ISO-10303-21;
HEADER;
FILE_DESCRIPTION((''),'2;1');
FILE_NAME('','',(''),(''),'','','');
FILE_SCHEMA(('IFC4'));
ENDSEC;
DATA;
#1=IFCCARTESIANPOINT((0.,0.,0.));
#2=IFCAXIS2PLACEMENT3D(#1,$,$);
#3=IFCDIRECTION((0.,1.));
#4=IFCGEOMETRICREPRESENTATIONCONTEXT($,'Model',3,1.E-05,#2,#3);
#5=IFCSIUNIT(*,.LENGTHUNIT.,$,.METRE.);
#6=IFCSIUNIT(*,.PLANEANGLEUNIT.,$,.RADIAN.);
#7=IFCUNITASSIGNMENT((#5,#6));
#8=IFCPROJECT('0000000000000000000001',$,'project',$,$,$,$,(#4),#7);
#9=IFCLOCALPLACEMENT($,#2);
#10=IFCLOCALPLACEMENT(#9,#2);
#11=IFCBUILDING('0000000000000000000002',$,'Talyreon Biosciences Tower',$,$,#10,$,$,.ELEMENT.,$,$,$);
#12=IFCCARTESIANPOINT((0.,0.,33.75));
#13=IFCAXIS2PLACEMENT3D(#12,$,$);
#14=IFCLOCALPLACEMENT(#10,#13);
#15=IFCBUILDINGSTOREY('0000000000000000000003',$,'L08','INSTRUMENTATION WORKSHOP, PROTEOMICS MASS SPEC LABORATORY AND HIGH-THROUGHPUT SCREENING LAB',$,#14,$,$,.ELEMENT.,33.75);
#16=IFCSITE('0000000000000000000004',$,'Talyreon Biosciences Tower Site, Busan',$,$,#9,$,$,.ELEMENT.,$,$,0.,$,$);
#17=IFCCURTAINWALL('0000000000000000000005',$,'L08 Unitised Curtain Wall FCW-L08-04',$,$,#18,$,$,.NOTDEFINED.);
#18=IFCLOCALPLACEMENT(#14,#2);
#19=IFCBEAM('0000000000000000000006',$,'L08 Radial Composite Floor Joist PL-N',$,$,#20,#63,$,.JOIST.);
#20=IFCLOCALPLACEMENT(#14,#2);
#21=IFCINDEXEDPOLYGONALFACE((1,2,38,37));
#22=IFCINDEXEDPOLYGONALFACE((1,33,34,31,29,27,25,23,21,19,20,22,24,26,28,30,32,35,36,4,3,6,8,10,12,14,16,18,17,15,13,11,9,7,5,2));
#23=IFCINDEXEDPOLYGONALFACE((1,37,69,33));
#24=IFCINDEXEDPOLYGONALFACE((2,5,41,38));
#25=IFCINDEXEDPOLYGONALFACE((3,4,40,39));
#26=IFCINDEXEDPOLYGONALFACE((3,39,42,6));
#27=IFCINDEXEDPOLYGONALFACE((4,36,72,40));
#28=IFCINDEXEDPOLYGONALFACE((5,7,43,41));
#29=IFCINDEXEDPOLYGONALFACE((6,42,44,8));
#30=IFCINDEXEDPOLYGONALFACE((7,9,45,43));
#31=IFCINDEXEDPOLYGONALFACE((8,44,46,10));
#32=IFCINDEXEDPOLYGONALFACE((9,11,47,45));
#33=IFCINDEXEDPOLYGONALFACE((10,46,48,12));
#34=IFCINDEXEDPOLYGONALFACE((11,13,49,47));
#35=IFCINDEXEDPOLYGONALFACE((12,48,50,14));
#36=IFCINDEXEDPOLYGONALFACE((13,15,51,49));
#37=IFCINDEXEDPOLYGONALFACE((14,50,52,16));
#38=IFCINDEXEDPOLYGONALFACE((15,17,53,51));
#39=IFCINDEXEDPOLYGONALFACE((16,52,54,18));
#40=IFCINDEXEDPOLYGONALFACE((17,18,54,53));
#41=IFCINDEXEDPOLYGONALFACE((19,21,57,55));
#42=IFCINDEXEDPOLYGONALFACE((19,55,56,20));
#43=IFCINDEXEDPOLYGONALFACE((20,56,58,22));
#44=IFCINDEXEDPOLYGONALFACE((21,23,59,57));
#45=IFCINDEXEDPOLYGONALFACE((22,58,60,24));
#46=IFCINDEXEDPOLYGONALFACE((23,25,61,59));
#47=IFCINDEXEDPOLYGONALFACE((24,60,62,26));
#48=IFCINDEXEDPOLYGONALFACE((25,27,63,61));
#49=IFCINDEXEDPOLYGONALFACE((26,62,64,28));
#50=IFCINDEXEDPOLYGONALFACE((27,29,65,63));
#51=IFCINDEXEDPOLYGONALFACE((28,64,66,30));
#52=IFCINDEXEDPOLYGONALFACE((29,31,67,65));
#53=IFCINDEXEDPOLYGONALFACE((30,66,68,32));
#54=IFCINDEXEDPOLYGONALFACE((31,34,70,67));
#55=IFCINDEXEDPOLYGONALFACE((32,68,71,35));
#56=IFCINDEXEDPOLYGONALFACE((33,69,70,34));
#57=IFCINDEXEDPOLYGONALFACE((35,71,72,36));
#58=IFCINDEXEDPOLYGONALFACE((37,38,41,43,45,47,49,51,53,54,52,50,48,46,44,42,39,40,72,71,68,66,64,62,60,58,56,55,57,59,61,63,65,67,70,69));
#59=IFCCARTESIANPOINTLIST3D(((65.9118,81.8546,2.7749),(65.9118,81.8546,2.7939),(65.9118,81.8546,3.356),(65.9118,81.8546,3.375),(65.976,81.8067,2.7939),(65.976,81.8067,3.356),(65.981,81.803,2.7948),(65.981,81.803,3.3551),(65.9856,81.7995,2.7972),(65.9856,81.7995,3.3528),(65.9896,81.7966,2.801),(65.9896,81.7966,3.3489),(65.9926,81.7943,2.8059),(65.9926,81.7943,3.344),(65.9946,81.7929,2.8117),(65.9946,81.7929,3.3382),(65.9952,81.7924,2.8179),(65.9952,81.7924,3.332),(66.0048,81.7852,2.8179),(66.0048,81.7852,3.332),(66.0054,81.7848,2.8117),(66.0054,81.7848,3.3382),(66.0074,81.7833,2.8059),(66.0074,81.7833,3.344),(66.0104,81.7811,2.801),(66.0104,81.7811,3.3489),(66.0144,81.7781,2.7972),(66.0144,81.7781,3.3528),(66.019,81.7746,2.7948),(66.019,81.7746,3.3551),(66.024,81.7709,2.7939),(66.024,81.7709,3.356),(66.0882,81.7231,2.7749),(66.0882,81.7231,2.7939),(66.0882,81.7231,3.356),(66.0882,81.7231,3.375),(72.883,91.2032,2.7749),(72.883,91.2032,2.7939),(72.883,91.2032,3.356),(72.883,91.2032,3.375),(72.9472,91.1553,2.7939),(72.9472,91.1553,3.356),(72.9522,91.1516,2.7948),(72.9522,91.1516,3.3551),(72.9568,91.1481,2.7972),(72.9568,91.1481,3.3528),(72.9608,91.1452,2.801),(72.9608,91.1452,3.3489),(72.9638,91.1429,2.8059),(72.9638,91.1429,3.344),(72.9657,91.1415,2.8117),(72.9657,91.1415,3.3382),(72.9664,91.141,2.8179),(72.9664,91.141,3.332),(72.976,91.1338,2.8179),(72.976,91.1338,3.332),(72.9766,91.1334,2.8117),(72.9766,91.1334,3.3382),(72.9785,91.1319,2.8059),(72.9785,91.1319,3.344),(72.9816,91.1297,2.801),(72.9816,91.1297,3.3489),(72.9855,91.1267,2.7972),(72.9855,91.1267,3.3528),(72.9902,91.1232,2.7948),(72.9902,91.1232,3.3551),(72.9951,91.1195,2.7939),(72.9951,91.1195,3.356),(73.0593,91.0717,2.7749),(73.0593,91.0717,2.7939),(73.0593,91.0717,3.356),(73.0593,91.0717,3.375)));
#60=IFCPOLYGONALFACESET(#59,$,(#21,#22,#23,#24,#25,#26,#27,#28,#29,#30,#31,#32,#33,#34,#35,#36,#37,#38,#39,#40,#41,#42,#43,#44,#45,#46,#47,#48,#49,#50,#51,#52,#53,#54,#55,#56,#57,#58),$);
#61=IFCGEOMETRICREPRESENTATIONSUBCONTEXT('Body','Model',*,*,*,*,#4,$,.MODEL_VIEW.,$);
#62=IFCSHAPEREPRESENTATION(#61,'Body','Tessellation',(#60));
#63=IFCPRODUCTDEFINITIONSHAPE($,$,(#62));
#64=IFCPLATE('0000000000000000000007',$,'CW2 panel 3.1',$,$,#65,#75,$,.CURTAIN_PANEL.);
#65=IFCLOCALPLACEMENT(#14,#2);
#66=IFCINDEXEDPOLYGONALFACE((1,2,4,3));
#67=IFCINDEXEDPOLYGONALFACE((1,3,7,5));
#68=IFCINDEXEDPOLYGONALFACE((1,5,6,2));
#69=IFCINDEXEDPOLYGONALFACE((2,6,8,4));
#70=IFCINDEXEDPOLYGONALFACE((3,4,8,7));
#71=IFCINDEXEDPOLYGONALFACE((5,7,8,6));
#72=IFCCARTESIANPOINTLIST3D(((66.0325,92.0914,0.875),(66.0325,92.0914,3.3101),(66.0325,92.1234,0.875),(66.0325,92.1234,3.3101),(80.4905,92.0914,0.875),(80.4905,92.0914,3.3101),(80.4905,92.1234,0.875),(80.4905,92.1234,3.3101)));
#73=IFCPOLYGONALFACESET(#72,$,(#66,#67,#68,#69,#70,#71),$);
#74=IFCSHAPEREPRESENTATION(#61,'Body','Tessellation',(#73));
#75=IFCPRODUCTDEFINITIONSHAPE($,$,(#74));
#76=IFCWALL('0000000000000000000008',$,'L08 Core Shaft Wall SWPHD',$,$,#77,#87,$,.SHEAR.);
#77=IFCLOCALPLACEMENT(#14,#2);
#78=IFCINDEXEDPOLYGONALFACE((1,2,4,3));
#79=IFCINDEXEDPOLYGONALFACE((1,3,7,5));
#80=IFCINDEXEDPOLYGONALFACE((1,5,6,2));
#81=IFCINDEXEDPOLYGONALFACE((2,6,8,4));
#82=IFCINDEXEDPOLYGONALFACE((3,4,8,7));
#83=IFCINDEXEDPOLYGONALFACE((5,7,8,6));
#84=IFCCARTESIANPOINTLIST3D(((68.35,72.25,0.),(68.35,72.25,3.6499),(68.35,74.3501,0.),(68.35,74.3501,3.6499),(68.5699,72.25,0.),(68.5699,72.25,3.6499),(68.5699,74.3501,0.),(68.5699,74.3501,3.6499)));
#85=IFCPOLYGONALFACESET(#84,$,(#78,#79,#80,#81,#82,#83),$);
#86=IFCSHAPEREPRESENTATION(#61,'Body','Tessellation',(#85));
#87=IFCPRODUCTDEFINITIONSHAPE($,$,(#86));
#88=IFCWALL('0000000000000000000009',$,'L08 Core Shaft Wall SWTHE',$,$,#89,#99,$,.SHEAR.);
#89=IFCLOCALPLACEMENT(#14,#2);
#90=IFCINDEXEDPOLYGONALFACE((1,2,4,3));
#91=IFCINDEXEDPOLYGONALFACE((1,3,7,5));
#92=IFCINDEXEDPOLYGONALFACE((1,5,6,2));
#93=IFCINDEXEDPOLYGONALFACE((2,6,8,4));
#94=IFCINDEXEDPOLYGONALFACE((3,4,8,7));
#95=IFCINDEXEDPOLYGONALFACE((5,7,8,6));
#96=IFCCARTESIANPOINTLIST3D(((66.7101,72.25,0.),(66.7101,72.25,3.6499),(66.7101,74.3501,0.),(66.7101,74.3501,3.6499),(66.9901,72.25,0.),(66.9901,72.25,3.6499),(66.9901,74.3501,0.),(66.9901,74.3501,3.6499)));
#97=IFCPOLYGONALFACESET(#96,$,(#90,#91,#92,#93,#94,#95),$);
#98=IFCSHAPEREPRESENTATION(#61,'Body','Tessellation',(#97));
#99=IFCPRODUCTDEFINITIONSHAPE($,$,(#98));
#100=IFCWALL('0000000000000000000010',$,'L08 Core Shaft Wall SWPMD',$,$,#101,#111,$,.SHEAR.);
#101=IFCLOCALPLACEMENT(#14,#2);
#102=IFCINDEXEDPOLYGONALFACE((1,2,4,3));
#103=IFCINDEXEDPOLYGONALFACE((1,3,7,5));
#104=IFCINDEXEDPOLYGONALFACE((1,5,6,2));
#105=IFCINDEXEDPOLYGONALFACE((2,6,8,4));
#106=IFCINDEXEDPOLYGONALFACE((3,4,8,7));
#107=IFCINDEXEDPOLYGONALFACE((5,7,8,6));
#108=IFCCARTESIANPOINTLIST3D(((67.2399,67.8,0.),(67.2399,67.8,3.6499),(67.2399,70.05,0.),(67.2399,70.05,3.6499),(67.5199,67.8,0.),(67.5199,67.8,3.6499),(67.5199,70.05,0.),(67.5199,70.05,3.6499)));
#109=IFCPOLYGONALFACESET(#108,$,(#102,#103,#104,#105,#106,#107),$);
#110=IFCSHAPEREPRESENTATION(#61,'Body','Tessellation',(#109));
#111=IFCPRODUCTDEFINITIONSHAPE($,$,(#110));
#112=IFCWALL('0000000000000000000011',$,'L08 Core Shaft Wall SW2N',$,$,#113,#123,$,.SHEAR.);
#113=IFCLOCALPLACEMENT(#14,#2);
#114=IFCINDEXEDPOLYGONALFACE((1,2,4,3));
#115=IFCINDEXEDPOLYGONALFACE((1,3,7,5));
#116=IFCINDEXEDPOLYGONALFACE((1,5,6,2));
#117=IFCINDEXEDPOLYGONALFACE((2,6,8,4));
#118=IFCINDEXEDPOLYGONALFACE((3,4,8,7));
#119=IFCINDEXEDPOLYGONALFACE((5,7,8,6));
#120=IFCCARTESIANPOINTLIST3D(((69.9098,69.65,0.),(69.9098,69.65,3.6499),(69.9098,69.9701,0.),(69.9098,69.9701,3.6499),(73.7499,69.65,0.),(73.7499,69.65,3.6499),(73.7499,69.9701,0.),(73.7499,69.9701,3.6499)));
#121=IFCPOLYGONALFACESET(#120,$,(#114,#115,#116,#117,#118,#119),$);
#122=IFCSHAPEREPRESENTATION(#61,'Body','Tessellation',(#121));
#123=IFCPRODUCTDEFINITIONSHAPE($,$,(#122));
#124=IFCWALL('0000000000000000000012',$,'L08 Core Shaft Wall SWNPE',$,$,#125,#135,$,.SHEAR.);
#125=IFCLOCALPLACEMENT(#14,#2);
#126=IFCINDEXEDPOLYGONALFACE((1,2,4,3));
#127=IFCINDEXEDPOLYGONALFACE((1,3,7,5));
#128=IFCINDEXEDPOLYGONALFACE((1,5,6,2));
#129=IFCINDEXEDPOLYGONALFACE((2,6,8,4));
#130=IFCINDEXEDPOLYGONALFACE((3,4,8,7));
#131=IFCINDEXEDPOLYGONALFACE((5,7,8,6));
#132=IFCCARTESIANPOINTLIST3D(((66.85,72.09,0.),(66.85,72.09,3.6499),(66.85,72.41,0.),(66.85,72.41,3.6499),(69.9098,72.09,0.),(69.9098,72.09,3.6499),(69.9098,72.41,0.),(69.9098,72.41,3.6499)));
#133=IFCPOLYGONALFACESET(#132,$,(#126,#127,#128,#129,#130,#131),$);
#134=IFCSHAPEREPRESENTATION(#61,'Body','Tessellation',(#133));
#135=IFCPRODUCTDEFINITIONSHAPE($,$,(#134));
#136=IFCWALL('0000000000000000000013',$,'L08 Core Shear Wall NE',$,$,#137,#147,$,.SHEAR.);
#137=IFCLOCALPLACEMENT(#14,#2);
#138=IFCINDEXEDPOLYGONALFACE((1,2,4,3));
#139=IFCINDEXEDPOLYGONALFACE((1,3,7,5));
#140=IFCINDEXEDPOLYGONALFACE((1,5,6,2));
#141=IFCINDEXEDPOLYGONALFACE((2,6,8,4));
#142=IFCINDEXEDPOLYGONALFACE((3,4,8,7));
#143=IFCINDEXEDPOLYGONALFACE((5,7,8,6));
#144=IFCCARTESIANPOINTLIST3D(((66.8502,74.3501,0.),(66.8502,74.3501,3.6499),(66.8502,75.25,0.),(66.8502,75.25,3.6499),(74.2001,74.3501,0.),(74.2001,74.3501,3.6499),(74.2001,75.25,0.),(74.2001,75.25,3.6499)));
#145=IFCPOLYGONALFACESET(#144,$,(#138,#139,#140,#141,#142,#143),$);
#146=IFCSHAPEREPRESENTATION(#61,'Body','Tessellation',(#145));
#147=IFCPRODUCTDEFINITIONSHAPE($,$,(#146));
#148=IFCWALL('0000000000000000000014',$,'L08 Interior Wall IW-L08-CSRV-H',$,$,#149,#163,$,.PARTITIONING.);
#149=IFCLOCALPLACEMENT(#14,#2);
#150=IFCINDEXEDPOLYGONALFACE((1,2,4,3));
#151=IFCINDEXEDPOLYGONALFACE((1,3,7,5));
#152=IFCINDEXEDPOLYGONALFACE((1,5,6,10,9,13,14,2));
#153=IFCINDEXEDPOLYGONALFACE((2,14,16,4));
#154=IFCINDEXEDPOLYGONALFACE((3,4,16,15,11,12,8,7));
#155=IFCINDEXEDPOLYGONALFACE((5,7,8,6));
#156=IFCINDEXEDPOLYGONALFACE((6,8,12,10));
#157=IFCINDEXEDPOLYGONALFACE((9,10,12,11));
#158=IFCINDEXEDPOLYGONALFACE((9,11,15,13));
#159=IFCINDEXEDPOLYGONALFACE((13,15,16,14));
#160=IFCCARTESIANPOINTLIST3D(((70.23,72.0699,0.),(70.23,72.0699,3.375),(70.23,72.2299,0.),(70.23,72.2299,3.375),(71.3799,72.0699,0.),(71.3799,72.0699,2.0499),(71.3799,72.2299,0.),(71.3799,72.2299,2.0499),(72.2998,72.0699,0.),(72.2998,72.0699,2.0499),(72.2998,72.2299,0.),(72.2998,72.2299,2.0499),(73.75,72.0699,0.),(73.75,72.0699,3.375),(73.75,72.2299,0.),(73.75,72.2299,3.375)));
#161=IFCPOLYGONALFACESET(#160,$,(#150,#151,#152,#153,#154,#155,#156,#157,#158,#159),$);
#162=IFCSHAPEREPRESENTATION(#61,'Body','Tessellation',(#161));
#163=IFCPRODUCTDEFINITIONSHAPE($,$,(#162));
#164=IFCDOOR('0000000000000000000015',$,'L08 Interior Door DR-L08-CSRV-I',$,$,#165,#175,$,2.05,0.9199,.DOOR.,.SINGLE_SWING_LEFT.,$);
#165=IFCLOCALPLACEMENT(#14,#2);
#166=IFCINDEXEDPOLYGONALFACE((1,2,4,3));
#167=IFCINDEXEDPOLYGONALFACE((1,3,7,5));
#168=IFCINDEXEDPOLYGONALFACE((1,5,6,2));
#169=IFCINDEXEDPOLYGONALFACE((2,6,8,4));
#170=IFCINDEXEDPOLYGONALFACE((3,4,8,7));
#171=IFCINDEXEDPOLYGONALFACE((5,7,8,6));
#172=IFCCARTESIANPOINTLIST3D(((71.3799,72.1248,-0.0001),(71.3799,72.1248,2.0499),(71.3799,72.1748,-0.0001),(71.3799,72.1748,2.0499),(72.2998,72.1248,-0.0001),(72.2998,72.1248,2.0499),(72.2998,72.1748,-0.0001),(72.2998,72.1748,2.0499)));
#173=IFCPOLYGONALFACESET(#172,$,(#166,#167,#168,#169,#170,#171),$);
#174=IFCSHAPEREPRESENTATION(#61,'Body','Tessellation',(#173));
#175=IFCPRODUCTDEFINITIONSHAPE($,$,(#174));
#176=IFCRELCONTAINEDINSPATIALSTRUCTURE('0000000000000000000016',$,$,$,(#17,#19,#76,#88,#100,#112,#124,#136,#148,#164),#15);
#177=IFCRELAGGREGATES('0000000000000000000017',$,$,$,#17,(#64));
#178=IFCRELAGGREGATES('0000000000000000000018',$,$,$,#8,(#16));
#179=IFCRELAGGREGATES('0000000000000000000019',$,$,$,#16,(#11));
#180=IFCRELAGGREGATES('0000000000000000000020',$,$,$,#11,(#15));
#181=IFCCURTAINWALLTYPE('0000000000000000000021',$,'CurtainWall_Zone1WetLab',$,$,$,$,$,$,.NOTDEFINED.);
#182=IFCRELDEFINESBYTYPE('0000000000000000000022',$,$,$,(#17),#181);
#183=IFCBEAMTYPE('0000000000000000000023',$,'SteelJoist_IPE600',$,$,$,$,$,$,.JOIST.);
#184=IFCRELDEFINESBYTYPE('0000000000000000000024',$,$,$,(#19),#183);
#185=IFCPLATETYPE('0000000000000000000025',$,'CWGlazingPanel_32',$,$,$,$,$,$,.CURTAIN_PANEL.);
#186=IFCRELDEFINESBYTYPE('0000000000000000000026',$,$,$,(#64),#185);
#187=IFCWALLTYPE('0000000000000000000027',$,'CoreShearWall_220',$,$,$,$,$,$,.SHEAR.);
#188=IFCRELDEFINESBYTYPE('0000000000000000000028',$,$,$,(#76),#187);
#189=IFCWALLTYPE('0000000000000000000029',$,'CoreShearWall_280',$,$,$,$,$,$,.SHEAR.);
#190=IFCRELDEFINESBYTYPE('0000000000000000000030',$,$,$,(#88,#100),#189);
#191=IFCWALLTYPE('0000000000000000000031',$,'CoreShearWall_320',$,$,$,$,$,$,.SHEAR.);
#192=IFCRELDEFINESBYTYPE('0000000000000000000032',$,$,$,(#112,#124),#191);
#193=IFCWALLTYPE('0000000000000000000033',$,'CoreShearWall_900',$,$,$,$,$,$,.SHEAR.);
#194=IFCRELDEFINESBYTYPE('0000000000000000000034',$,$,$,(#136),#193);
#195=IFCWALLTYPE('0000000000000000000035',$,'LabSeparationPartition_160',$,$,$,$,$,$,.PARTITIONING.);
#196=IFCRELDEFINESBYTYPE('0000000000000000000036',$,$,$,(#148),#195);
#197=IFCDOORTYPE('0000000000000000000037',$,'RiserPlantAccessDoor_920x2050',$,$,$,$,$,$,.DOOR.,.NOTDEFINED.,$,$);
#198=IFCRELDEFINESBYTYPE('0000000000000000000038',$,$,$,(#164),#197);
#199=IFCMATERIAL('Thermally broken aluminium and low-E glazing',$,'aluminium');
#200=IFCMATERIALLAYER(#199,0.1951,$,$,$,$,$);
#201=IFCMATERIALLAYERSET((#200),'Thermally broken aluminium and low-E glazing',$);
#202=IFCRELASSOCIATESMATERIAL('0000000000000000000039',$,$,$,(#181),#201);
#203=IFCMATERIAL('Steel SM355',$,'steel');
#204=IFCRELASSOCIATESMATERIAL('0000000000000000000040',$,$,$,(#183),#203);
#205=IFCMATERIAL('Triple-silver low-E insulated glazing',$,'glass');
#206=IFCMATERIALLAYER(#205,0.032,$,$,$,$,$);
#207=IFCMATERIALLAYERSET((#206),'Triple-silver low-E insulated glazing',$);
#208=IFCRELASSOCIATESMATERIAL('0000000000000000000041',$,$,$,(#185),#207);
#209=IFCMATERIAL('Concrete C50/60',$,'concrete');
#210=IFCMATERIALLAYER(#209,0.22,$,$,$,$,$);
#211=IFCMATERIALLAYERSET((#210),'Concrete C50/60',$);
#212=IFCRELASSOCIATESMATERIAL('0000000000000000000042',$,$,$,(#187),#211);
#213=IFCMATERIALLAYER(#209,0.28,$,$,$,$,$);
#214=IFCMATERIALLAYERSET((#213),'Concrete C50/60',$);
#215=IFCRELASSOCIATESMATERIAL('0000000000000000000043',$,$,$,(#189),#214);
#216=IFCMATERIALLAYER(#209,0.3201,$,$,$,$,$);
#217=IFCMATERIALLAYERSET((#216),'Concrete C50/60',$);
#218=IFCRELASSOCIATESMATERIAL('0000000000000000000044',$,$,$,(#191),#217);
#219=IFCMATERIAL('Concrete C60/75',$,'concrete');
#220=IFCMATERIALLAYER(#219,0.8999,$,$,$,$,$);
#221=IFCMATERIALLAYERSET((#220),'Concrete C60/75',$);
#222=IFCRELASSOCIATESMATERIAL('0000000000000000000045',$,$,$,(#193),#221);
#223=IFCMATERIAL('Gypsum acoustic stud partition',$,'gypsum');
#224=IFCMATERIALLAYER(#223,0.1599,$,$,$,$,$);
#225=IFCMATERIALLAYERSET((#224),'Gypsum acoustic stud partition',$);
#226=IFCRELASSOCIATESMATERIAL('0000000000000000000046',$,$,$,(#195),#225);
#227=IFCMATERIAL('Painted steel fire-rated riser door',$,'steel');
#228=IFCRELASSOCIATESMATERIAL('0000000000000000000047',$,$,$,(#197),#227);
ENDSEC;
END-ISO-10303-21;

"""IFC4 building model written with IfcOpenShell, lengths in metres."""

from ifc_helpers import new_model, si_unit, direction, frame, frame_2d, origin, origin_2d, place, context, subcontext, project, spatial, rectangle, i_section, extrude, material, layer, layer_set, material_profile, profile_set, type_object, element, fill, aggregate, save


model = new_model("IFC4")

# Units and contexts
model_context = context("Model", 3, precision=1e-05, world=origin(), true_north=direction((0.0, 1.0)))
body_context = subcontext(model_context, "Body", "Model", "MODEL_VIEW")
ifc_project = project(units=[si_unit("LENGTHUNIT", "METRE"), si_unit("PLANEANGLEUNIT", "RADIAN")], contexts=[model_context])

# Site, building, storey
site_placement = place(None, origin())
site = spatial("IfcSite", under=ifc_project, at=site_placement, Name="Talyreon Biosciences Tower Site, Busan", CompositionType="ELEMENT", RefElevation=0.0)
building_placement = place(site_placement, origin())
building = spatial("IfcBuilding", under=site, at=building_placement, Name="Talyreon Biosciences Tower", CompositionType="ELEMENT")
storey_placement = place(building_placement, frame((0.0, 0.0, 33.75)))
storey = spatial("IfcBuildingStorey", under=building, at=storey_placement, Name="L08", Description="INSTRUMENTATION WORKSHOP, PROTEOMICS MASS SPEC LABORATORY AND HIGH-THROUGHPUT SCREENING LAB", CompositionType="ELEMENT", Elevation=33.75)

# Shared definitions
ifc_material_1 = material(Name="Concrete C60/75", Category="concrete")

# Curtain wall
ifc_material_2 = material(Name="Thermally broken aluminium and low-E glazing", Category="aluminium")
ifc_layer_1 = layer(ifc_material_2, 0.1951)
ifc_layer_set_1 = layer_set([ifc_layer_1], Name="Thermally broken aluminium and low-E glazing")
curtain_wall_type = type_object("IfcCurtainWallType", Name="CurtainWall_Zone1WetLab", PredefinedType="NOTDEFINED", material=ifc_layer_set_1)
curtain_wall_placement = place(storey_placement, origin())
curtain_wall = element("IfcCurtainWall", 1, at=curtain_wall_placement, inside=storey, type_object=curtain_wall_type, Name="L08 Unitised Curtain Wall FCW-L08-04", PredefinedType="NOTDEFINED")

# Beam
ifc_material_3 = material(Name="Steel SM355", Category="steel")
ifc_material_profile_1 = material_profile(ifc_material_3, i_section(OverallWidth=0.22, OverallDepth=0.6001, WebThickness=0.012, FlangeThickness=0.019, FilletRadius=0.0239, at=origin_2d()), Name="IPE600")
ifc_profile_set_1 = profile_set([ifc_material_profile_1], Name="Steel SM355")
beam_type_1 = type_object("IfcBeamType", Name="SteelJoist_IPE600", PredefinedType="JOIST", material=ifc_profile_set_1)
beam_1_placement = place(storey_placement, frame((66.0, 81.7888, 3.075), z_axis=(0.597787, 0.801655, 0.0), x_axis=(-0.801655, 0.597787, 0.0)))
element("IfcBeam", 2, at=beam_1_placement, inside=storey, type_object=beam_type_1, Name="L08 Radial Composite Floor Joist PL-N", PredefinedType="JOIST", context=body_context, shape_type="SweptSolid", body=[
    extrude(i_section(OverallWidth=0.22, OverallDepth=0.6001, WebThickness=0.012, FlangeThickness=0.019, FilletRadius=0.0239, at=origin_2d()), origin(), (0.0, 0.0, 1.0), 11.6616),
])

# Plate
ifc_material_4 = material(Name="Triple-silver low-E insulated glazing", Category="glass")
ifc_layer_2 = layer(ifc_material_4, 0.032)
ifc_layer_set_2 = layer_set([ifc_layer_2], Name="Triple-silver low-E insulated glazing")
plate_type = type_object("IfcPlateType", Name="CWGlazingPanel_32", PredefinedType="CURTAIN_PANEL", material=ifc_layer_set_2)
plate_placement = place(storey_placement, frame((73.2615, 92.1074, 0.875), z_axis=(0.0, 0.0, 1.0), x_axis=(1.0, 0.0, 0.0)))
plate = element("IfcPlate", 3, at=plate_placement, type_object=plate_type, Name="CW2 panel 3.1", PredefinedType="CURTAIN_PANEL", context=body_context, shape_type="SweptSolid", body=[
    extrude(rectangle(XDim=14.458, YDim=0.032, at=origin_2d()), origin(), (0.0, 0.0, 1.0), 2.4351),
])
aggregate(curtain_wall, [plate])

# Walls
ifc_material_5 = material(Name="Concrete C50/60", Category="concrete")
ifc_layer_3 = layer(ifc_material_5, 0.22)
ifc_layer_set_3 = layer_set([ifc_layer_3], Name="Concrete C50/60")
wall_type_1 = type_object("IfcWallType", Name="CoreShearWall_220", PredefinedType="SHEAR", material=ifc_layer_set_3)
wall_1_placement = place(storey_placement, frame((68.46, 72.25, 0.0), z_axis=(0.0, 0.0, 1.0), x_axis=(0.0, 1.0, 0.0)))
element("IfcWall", 4, at=wall_1_placement, inside=storey, type_object=wall_type_1, Name="L08 Core Shaft Wall SWPHD", PredefinedType="SHEAR", context=body_context, shape_type="SweptSolid", body=[
    extrude(rectangle(XDim=2.1001, YDim=0.22, at=frame_2d((1.05, 0.0))), origin(), (0.0, 0.0, 1.0), 3.6499),
])
ifc_layer_4 = layer(ifc_material_5, 0.28)
ifc_layer_set_4 = layer_set([ifc_layer_4], Name="Concrete C50/60")
wall_type_2 = type_object("IfcWallType", Name="CoreShearWall_280", PredefinedType="SHEAR", material=ifc_layer_set_4)
wall_2_placement = place(storey_placement, frame((66.8501, 72.25, 0.0), z_axis=(0.0, 0.0, 1.0), x_axis=(0.0, 1.0, 0.0)))
element("IfcWall", 5, at=wall_2_placement, inside=storey, type_object=wall_type_2, Name="L08 Core Shaft Wall SWTHE", PredefinedType="SHEAR", context=body_context, shape_type="SweptSolid", body=[
    extrude(rectangle(XDim=2.1001, YDim=0.28, at=frame_2d((1.05, 0.0))), origin(), (0.0, 0.0, 1.0), 3.6499),
])
wall_3_placement = place(storey_placement, frame((67.3799, 67.8, 0.0), z_axis=(0.0, 0.0, 1.0), x_axis=(0.0, 1.0, 0.0)))
element("IfcWall", 6, at=wall_3_placement, inside=storey, type_object=wall_type_2, Name="L08 Core Shaft Wall SWPMD", PredefinedType="SHEAR", context=body_context, shape_type="SweptSolid", body=[
    extrude(rectangle(XDim=2.25, YDim=0.28, at=frame_2d((1.125, 0.0))), origin(), (0.0, 0.0, 1.0), 3.6499),
])
ifc_layer_5 = layer(ifc_material_5, 0.3201)
ifc_layer_set_5 = layer_set([ifc_layer_5], Name="Concrete C50/60")
wall_type_3 = type_object("IfcWallType", Name="CoreShearWall_320", PredefinedType="SHEAR", material=ifc_layer_set_5)
wall_4_placement = place(storey_placement, frame((69.9099, 69.8101, 0.0), z_axis=(0.0, 0.0, 1.0), x_axis=(1.0, 0.0, 0.0)))
element("IfcWall", 7, at=wall_4_placement, inside=storey, type_object=wall_type_3, Name="L08 Core Shaft Wall SW2N", PredefinedType="SHEAR", context=body_context, shape_type="SweptSolid", body=[
    extrude(rectangle(XDim=3.8401, YDim=0.3201, at=frame_2d((1.9199, 0.0))), origin(), (0.0, 0.0, 1.0), 3.6499),
])
wall_5_placement = place(storey_placement, frame((66.8501, 72.25, 0.0), z_axis=(0.0, 0.0, 1.0), x_axis=(1.0, 0.0, 0.0)))
element("IfcWall", 8, at=wall_5_placement, inside=storey, type_object=wall_type_3, Name="L08 Core Shaft Wall SWNPE", PredefinedType="SHEAR", context=body_context, shape_type="SweptSolid", body=[
    extrude(rectangle(XDim=3.0598, YDim=0.3201, at=frame_2d((1.5298, 0.0))), origin(), (0.0, 0.0, 1.0), 3.6499),
])
ifc_layer_6 = layer(ifc_material_1, 0.8999)
ifc_layer_set_6 = layer_set([ifc_layer_6], Name="Concrete C60/75")
wall_type_4 = type_object("IfcWallType", Name="CoreShearWall_900", PredefinedType="SHEAR", material=ifc_layer_set_6)
wall_6_placement = place(storey_placement, frame((74.2, 74.8, 0.0), z_axis=(0.0, 0.0, 1.0), x_axis=(-1.0, 0.0, 0.0)))
element("IfcWall", 9, at=wall_6_placement, inside=storey, type_object=wall_type_4, Name="L08 Core Shear Wall NE", PredefinedType="SHEAR", context=body_context, shape_type="SweptSolid", body=[
    extrude(rectangle(XDim=7.3499, YDim=0.8999, at=frame_2d((3.6748, 0.0))), origin(), (0.0, 0.0, 1.0), 3.6499),
])

# Wall, opening, door
ifc_material_6 = material(Name="Gypsum acoustic stud partition", Category="gypsum")
ifc_layer_7 = layer(ifc_material_6, 0.1599)
ifc_layer_set_7 = layer_set([ifc_layer_7], Name="Gypsum acoustic stud partition")
wall_type_5 = type_object("IfcWallType", Name="LabSeparationPartition_160", PredefinedType="PARTITIONING", material=ifc_layer_set_7)
wall_7_placement = place(storey_placement, frame((70.23, 72.1499, 0.0), z_axis=(0.0, 0.0, 1.0), x_axis=(1.0, 0.0, 0.0)))
wall_7 = element("IfcWall", 10, at=wall_7_placement, inside=storey, type_object=wall_type_5, Name="L08 Interior Wall IW-L08-CSRV-H", PredefinedType="PARTITIONING", context=body_context, shape_type="SweptSolid", body=[
    extrude(rectangle(XDim=3.52, YDim=0.1599, at=frame_2d((1.76, 0.0))), origin(), (0.0, 0.0, 1.0), 3.375),
])
opening_placement = place(wall_7_placement, frame((1.1499, 0.0, 0.0)))
opening = element("IfcOpeningElement", 11, at=opening_placement, cuts=wall_7, PredefinedType="OPENING", context=body_context, shape_type="SweptSolid", body=[
    extrude(rectangle(XDim=0.9199, YDim=2.05, at=frame_2d((0.46, 1.0249))), frame((0.0, 0.0898, 0.0), z_axis=(0.0, -1.0, 0.0), x_axis=(1.0, 0.0, 0.0)), (0.0, 0.0, 1.0), 0.1799),
])
ifc_material_7 = material(Name="Painted steel fire-rated riser door", Category="steel")
door_type = type_object("IfcDoorType", Name="RiserPlantAccessDoor_920x2050", OperationType="NOTDEFINED", PredefinedType="DOOR", material=ifc_material_7)
door_placement = place(opening_placement, origin())
door = element("IfcDoor", 12, at=door_placement, inside=storey, type_object=door_type, Name="L08 Interior Door DR-L08-CSRV-I", OperationType="SINGLE_SWING_LEFT", OverallHeight=2.05, OverallWidth=0.9199, PredefinedType="DOOR", context=body_context, shape_type="SweptSolid", body=[
    extrude(rectangle(XDim=0.9199, YDim=2.05, at=frame_2d((0.46, 1.0249))), frame((0.0, 0.0249, 0.0), z_axis=(0.0, -1.0, 0.0), x_axis=(1.0, 0.0, 0.0)), (0.0, 0.0, 1.0), 0.05),
])
fill(opening, door)

save(model, "model.ifc")
